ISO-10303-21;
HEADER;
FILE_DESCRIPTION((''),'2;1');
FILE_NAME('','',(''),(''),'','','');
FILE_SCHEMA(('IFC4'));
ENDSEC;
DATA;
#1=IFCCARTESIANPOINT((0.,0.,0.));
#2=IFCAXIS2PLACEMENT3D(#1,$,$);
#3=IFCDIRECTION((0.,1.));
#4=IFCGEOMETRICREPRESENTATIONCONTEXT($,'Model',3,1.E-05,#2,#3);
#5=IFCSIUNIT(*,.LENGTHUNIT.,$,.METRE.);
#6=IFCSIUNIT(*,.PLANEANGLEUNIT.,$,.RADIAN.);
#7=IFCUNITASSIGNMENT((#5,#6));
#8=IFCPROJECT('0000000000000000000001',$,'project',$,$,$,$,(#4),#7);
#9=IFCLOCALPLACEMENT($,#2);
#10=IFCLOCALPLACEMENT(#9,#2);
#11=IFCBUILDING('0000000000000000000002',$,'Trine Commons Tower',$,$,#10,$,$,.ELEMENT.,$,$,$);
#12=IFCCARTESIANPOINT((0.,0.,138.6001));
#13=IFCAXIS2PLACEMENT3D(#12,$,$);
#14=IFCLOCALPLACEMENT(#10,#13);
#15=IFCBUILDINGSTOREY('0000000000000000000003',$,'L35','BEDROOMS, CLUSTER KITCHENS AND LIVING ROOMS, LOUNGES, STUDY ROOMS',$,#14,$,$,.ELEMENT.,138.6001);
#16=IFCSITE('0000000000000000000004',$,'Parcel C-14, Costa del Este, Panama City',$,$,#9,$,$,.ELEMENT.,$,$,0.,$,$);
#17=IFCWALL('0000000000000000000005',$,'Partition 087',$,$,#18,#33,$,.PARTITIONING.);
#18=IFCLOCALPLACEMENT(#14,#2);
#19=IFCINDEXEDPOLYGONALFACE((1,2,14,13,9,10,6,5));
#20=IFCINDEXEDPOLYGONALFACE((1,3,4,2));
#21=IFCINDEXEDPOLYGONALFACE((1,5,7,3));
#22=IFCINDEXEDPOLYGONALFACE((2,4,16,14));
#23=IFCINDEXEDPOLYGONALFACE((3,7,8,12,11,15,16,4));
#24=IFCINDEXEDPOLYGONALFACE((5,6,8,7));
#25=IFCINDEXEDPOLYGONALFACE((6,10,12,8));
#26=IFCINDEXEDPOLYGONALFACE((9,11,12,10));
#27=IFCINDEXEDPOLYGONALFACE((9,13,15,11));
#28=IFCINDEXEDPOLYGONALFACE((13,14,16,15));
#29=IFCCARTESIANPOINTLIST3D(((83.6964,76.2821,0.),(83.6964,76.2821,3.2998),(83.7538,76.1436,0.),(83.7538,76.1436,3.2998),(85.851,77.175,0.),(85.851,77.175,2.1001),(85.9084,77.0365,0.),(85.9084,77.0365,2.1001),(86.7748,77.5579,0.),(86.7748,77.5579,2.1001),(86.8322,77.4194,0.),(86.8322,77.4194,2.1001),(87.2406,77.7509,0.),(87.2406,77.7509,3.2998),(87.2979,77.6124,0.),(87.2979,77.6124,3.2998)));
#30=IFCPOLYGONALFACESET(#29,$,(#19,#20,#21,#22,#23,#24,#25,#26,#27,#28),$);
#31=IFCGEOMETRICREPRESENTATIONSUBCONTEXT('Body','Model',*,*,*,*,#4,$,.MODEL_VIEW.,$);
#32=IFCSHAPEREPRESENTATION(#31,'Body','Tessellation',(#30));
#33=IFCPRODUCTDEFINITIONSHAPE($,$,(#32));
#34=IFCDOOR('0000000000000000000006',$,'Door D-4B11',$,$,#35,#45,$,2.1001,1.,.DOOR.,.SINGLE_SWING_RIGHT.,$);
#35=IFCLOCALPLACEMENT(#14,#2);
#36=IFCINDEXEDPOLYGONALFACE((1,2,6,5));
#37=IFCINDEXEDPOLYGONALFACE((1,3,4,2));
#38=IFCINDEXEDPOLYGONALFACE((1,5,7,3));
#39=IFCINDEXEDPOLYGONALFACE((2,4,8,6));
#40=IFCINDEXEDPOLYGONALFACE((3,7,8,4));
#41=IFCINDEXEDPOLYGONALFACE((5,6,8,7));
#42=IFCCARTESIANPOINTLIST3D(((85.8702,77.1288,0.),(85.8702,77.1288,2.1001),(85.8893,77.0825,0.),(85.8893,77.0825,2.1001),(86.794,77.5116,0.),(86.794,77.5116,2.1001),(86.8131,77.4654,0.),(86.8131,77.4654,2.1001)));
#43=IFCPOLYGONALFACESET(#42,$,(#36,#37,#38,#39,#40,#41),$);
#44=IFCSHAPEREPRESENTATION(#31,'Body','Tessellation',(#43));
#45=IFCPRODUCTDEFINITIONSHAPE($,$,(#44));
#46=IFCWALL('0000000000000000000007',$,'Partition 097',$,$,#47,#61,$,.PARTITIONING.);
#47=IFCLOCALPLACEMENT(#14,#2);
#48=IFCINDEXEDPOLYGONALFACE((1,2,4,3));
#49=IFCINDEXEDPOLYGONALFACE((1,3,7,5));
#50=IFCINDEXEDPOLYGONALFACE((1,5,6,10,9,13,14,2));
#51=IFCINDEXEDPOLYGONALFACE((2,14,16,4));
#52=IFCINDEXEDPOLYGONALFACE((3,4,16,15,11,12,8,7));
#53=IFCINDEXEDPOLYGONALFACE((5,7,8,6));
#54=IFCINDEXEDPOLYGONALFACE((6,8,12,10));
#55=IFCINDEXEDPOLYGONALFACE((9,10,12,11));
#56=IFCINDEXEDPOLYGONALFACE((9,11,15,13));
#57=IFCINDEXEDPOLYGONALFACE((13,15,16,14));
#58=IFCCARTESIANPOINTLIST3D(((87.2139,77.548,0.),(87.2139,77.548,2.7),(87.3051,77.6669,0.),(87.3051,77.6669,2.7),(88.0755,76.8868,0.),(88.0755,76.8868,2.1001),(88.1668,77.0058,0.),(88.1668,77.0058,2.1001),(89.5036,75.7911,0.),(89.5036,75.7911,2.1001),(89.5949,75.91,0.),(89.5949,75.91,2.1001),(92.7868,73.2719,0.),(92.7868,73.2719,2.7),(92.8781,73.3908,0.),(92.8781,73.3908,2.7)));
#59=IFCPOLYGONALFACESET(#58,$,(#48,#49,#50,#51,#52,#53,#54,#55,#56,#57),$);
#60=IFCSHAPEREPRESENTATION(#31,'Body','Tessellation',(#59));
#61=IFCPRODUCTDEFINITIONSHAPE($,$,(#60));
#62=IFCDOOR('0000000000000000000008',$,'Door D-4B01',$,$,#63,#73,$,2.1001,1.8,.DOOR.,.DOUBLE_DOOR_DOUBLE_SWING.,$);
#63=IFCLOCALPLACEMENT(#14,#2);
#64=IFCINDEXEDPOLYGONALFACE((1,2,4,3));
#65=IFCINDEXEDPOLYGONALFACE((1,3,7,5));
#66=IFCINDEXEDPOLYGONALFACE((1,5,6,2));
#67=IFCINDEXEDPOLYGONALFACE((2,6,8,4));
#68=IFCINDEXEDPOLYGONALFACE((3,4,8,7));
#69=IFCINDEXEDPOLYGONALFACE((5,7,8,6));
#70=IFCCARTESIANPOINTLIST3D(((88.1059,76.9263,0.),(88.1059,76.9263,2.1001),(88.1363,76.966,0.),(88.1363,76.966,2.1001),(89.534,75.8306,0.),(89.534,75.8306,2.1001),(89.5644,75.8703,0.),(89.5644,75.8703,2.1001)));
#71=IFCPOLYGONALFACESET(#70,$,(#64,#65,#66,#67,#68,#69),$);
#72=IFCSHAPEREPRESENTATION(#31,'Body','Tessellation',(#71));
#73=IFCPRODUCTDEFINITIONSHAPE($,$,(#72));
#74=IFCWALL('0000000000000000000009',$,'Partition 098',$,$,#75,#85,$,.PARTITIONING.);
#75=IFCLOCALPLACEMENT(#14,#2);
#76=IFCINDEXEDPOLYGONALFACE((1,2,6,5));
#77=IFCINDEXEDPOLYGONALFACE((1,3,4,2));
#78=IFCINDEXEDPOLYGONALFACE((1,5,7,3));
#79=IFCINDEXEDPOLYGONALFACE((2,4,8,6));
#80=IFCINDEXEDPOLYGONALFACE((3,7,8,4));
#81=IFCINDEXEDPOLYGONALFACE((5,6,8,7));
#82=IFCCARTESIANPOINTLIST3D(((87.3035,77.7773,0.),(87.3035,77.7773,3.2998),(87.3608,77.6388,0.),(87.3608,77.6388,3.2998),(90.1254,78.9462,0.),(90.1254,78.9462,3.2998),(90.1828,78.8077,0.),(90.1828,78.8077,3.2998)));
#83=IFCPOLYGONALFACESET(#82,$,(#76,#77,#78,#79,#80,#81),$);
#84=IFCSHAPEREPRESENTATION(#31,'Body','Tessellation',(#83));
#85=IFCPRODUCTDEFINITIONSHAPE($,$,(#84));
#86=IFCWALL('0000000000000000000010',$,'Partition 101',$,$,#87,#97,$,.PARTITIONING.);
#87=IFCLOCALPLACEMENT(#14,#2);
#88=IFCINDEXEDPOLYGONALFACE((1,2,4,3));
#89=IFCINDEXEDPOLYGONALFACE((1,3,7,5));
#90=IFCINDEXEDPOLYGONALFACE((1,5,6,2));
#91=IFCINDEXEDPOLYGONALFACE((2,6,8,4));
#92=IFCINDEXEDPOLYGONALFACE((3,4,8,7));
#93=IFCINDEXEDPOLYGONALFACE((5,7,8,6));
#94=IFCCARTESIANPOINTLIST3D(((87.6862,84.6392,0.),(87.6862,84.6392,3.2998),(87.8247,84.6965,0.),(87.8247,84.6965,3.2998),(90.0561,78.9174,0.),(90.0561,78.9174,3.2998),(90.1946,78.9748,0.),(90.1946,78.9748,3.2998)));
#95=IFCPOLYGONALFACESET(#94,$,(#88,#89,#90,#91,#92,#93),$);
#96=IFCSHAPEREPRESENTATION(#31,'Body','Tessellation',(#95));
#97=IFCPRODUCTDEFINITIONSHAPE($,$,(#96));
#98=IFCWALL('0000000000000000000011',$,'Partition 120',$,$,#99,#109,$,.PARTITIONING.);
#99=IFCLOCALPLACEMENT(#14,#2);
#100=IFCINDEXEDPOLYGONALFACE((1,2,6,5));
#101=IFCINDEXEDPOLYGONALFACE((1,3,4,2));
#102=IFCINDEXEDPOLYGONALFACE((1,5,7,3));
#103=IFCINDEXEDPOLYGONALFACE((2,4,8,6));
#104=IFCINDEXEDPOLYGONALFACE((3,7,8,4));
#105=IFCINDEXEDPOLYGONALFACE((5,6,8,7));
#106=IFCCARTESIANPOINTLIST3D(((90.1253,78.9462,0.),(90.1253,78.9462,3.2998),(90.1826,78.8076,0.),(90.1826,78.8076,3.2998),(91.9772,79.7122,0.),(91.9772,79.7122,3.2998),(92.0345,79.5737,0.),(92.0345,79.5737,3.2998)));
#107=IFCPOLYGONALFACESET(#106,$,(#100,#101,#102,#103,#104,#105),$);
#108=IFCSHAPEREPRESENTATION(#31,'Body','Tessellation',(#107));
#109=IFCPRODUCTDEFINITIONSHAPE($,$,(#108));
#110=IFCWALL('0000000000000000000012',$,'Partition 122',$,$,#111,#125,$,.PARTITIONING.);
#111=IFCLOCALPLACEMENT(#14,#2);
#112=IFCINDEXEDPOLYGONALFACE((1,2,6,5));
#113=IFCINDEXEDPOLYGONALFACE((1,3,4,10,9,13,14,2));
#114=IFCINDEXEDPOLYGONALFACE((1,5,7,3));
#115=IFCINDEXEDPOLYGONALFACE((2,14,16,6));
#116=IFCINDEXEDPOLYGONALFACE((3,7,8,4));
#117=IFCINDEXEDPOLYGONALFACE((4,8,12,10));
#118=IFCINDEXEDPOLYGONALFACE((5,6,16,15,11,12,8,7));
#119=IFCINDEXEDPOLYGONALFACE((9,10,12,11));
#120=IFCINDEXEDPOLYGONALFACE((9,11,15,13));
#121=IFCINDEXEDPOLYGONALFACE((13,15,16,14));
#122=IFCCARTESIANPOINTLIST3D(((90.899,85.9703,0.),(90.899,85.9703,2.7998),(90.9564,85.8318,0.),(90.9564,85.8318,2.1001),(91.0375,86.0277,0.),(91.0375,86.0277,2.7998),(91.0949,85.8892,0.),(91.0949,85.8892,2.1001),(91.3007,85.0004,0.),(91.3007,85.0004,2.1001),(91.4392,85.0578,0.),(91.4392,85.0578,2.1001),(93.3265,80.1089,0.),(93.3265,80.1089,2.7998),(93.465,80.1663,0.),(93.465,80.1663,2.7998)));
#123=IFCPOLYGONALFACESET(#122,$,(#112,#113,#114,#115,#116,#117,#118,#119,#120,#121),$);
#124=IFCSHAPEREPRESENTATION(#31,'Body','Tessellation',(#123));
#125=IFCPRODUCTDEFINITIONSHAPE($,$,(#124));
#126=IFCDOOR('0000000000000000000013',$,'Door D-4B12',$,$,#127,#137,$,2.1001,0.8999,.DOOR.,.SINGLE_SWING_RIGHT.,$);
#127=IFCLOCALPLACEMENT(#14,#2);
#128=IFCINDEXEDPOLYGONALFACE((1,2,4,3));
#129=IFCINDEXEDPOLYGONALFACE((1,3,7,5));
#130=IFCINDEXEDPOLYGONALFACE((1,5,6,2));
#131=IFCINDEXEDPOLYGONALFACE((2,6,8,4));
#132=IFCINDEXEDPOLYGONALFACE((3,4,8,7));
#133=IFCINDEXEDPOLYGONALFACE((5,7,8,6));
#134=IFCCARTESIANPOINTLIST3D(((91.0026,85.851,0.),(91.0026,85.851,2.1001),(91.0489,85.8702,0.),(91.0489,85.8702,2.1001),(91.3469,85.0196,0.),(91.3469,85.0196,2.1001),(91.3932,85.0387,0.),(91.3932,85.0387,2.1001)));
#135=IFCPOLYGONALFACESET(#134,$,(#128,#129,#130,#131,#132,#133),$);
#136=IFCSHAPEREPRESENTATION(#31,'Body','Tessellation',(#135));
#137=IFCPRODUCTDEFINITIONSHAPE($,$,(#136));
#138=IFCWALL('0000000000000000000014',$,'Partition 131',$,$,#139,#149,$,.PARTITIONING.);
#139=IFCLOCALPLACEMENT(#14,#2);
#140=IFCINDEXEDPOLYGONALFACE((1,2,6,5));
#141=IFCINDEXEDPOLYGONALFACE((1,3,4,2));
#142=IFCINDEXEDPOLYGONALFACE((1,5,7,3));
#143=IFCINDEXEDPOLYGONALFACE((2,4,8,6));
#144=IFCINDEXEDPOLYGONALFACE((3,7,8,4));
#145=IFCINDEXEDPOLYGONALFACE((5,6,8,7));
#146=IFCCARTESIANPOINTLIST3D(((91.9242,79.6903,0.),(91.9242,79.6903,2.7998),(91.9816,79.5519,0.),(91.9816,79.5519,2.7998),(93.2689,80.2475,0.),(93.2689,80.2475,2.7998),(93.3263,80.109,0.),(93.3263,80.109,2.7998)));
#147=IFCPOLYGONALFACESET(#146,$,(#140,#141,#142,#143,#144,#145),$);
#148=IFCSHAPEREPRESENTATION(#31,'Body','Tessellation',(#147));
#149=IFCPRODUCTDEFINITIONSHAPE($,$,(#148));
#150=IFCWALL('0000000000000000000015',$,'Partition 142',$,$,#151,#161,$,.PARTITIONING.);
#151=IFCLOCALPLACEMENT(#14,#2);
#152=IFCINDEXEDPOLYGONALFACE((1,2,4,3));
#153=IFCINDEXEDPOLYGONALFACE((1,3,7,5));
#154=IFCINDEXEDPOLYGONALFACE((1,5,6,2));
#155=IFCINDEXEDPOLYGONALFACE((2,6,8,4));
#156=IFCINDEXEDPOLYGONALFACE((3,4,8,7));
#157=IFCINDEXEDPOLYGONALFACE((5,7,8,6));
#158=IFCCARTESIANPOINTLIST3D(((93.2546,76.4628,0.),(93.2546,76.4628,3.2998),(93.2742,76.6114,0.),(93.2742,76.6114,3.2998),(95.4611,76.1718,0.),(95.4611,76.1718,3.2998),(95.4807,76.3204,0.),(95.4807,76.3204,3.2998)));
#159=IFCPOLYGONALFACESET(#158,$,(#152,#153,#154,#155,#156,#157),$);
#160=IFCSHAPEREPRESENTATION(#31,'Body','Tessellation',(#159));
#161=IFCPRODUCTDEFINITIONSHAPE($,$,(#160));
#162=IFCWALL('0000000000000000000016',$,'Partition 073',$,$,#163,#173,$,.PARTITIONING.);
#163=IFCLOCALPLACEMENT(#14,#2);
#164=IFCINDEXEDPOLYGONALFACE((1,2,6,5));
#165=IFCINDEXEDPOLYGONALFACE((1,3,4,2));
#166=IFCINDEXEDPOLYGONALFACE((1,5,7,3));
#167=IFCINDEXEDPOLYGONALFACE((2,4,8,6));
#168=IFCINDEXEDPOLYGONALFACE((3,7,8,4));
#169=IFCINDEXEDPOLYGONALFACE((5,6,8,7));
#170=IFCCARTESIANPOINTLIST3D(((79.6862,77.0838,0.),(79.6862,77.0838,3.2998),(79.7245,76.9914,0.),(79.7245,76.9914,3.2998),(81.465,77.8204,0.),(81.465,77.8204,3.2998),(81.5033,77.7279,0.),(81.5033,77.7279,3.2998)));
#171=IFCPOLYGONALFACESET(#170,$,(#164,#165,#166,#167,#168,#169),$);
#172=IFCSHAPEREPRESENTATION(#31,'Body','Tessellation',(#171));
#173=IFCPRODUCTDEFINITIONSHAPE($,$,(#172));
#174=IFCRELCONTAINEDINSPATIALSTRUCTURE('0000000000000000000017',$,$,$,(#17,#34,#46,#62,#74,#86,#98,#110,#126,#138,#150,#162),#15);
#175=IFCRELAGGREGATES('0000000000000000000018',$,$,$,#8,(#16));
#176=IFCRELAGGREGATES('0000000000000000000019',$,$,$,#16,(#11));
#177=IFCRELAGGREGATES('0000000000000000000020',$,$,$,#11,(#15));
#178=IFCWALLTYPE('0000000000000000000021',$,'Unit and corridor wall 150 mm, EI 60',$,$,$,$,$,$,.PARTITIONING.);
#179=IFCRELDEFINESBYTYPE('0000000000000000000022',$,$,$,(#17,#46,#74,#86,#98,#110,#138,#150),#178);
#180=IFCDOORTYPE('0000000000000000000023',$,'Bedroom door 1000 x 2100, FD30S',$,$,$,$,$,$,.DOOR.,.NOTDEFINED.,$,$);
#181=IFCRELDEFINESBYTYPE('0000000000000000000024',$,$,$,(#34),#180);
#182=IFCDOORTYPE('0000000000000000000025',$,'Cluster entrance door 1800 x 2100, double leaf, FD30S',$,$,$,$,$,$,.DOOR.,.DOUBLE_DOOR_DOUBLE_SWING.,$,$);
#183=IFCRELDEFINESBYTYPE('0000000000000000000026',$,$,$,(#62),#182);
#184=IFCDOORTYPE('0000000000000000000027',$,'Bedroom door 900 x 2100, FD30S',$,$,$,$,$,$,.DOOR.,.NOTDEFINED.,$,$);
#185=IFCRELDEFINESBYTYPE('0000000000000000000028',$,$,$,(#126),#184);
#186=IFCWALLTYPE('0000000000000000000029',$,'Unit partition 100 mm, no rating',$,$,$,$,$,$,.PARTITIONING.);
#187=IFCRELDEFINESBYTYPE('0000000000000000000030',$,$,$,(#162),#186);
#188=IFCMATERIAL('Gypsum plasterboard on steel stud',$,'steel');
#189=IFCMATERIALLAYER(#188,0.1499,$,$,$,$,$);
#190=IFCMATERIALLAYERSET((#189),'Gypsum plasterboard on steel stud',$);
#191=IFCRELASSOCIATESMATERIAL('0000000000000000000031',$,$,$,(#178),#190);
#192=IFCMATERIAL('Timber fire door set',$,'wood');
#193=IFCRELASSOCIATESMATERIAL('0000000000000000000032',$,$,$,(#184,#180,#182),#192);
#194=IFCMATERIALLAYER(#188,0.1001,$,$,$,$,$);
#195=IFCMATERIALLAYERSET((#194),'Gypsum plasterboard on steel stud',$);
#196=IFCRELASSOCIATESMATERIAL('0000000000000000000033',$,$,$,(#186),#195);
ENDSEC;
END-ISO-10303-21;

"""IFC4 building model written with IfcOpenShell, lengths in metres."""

from ifc_helpers import new_model, si_unit, direction, frame, frame_2d, origin, place, context, subcontext, project, spatial, rectangle, extrude, material, layer, layer_set, type_object, element, fill, save


model = new_model("IFC4")

# Units and contexts
model_context = context("Model", 3, precision=1e-05, world=origin(), true_north=direction((0.0, 1.0)))
body_context = subcontext(model_context, "Body", "Model", "MODEL_VIEW")
ifc_project = project(units=[si_unit("LENGTHUNIT", "METRE"), si_unit("PLANEANGLEUNIT", "RADIAN")], contexts=[model_context])

# Site, building, storey
site_placement = place(None, origin())
site = spatial("IfcSite", under=ifc_project, at=site_placement, Name="Parcel C-14, Costa del Este, Panama City", CompositionType="ELEMENT", RefElevation=0.0)
building_placement = place(site_placement, origin())
building = spatial("IfcBuilding", under=site, at=building_placement, Name="Trine Commons Tower", CompositionType="ELEMENT")
storey_placement = place(building_placement, frame((0.0, 0.0, 138.6001)))
storey = spatial("IfcBuildingStorey", under=building, at=storey_placement, Name="L35", Description="BEDROOMS, CLUSTER KITCHENS AND LIVING ROOMS, LOUNGES, STUDY ROOMS", CompositionType="ELEMENT", Elevation=138.6001)

# Shared definitions
ifc_material_1 = material(Name="Gypsum plasterboard on steel stud", Category="steel")
ifc_layer_1 = layer(ifc_material_1, 0.1499)
ifc_layer_set_1 = layer_set([ifc_layer_1], Name="Gypsum plasterboard on steel stud")
wall_type_1 = type_object("IfcWallType", Name="Unit and corridor wall 150 mm, EI 60", PredefinedType="PARTITIONING", material=ifc_layer_set_1)

# Walls, openings, doors
ifc_material_2 = material(Name="Timber fire door set", Category="wood")
door_type_1 = type_object("IfcDoorType", Name="Bedroom door 900 x 2100, FD30S", OperationType="NOTDEFINED", PredefinedType="DOOR", material=ifc_material_2)
wall_1_placement = place(storey_placement, frame((83.7251, 76.2129, 0.0), z_axis=(0.0, 0.0, 1.0), x_axis=(0.923815, 0.382839, 0.0)))
wall_1 = element("IfcWall", 1, at=wall_1_placement, inside=storey, type_object=wall_type_1, Name="Partition 087", PredefinedType="PARTITIONING", context=body_context, shape_type="SweptSolid", body=[
    extrude(rectangle(XDim=3.8364, YDim=0.1499, at=frame_2d((1.9182, 0.0))), origin(), (0.0, 0.0, 1.0), 3.2998),
])
opening_1_placement = place(wall_1_placement, frame((2.3323, 0.0, 0.0)))
opening_1 = element("IfcOpeningElement", 2, at=opening_1_placement, cuts=wall_1, PredefinedType="OPENING", context=body_context, shape_type="SweptSolid", body=[
    extrude(rectangle(XDim=1.0, YDim=2.1001, at=frame_2d((0.5, 1.05))), frame((0.0, 0.085, 0.0), z_axis=(0.0, -1.0, 0.0), x_axis=(1.0, 0.0, 0.0)), (0.0, 0.0, 1.0), 0.1699),
])
door_type_2 = type_object("IfcDoorType", Name="Bedroom door 1000 x 2100, FD30S", OperationType="NOTDEFINED", PredefinedType="DOOR", material=ifc_material_2)
door_1_placement = place(opening_1_placement, origin())
door_1 = element("IfcDoor", 3, at=door_1_placement, inside=storey, type_object=door_type_2, Name="Door D-4B11", OperationType="SINGLE_SWING_RIGHT", OverallHeight=2.1001, OverallWidth=1.0, PredefinedType="DOOR", context=body_context, shape_type="SweptSolid", body=[
    extrude(rectangle(XDim=1.0, YDim=2.1001, at=frame_2d((0.5, 1.05))), frame((0.0, 0.0249, 0.0), z_axis=(0.0, -1.0, 0.0), x_axis=(1.0, 0.0, 0.0)), (0.0, 0.0, 1.0), 0.05),
])
fill(opening_1, door_1)
wall_2_placement = place(storey_placement, frame((87.2595, 77.6074, 0.0), z_axis=(0.0, 0.0, 1.0), x_axis=(0.793366, -0.608745, 0.0)))
wall_2 = element("IfcWall", 4, at=wall_2_placement, inside=storey, type_object=wall_type_1, Name="Partition 097", PredefinedType="PARTITIONING", context=body_context, shape_type="SweptSolid", body=[
    extrude(rectangle(XDim=7.0244, YDim=0.1499, at=frame_2d((3.5122, 0.0))), origin(), (0.0, 0.0, 1.0), 2.7),
])
opening_2_placement = place(wall_2_placement, frame((1.0862, 0.0, 0.0)))
opening_2 = element("IfcOpeningElement", 5, at=opening_2_placement, cuts=wall_2, PredefinedType="OPENING", context=body_context, shape_type="SweptSolid", body=[
    extrude(rectangle(XDim=1.8, YDim=2.1001, at=frame_2d((0.8999, 1.05))), frame((0.0, 0.085, 0.0), z_axis=(0.0, -1.0, 0.0), x_axis=(1.0, 0.0, 0.0)), (0.0, 0.0, 1.0), 0.1699),
])
door_type_3 = type_object("IfcDoorType", Name="Cluster entrance door 1800 x 2100, double leaf, FD30S", OperationType="DOUBLE_DOOR_DOUBLE_SWING", PredefinedType="DOOR", material=ifc_material_2)
door_2_placement = place(opening_2_placement, origin())
door_2 = element("IfcDoor", 6, at=door_2_placement, inside=storey, type_object=door_type_3, Name="Door D-4B01", OperationType="DOUBLE_DOOR_DOUBLE_SWING", OverallHeight=2.1001, OverallWidth=1.8, PredefinedType="DOOR", context=body_context, shape_type="SweptSolid", body=[
    extrude(rectangle(XDim=1.8, YDim=2.1001, at=frame_2d((0.8999, 1.05))), frame((0.0, 0.0249, 0.0), z_axis=(0.0, -1.0, 0.0), x_axis=(1.0, 0.0, 0.0)), (0.0, 0.0, 1.0), 0.05),
])
fill(opening_2, door_2)

# Walls
wall_3_placement = place(storey_placement, frame((87.332, 77.708, 0.0), z_axis=(0.0, 0.0, 1.0), x_axis=(0.923877, 0.382691, 0.0)))
element("IfcWall", 7, at=wall_3_placement, inside=storey, type_object=wall_type_1, Name="Partition 098", PredefinedType="PARTITIONING", context=body_context, shape_type="SweptSolid", body=[
    extrude(rectangle(XDim=3.0544, YDim=0.1499, at=frame_2d((1.5273, 0.0))), origin(), (0.0, 0.0, 1.0), 3.2998),
])
wall_4_placement = place(storey_placement, frame((87.7554, 84.668, 0.0), z_axis=(0.0, 0.0, 1.0), x_axis=(0.382666, -0.923887, 0.0)))
element("IfcWall", 8, at=wall_4_placement, inside=storey, type_object=wall_type_1, Name="Partition 101", PredefinedType="PARTITIONING", context=body_context, shape_type="SweptSolid", body=[
    extrude(rectangle(XDim=6.1931, YDim=0.1499, at=frame_2d((3.0967, 0.0))), origin(), (0.0, 0.0, 1.0), 3.2998),
])
wall_5_placement = place(storey_placement, frame((90.1541, 78.877, 0.0), z_axis=(0.0, 0.0, 1.0), x_axis=(0.924061, 0.382244, 0.0)))
element("IfcWall", 9, at=wall_5_placement, inside=storey, type_object=wall_type_1, Name="Partition 120", PredefinedType="PARTITIONING", context=body_context, shape_type="SweptSolid", body=[
    extrude(rectangle(XDim=2.0042, YDim=0.1499, at=frame_2d((1.002, 0.0))), origin(), (0.0, 0.0, 1.0), 3.2998),
])

# Wall, opening, door
wall_6_placement = place(storey_placement, frame((90.9683, 85.999, 0.0), z_axis=(0.0, 0.0, 1.0), x_axis=(0.382636, -0.923899, 0.0)))
wall_6 = element("IfcWall", 10, at=wall_6_placement, inside=storey, type_object=wall_type_1, Name="Partition 122", PredefinedType="PARTITIONING", context=body_context, shape_type="SweptSolid", body=[
    extrude(rectangle(XDim=6.3442, YDim=0.1499, at=frame_2d((3.1721, 0.0))), origin(), (0.0, 0.0, 1.0), 2.7998),
])
opening_3_placement = place(wall_6_placement, frame((0.1499, 0.0, 0.0)))
opening_3 = element("IfcOpeningElement", 11, at=opening_3_placement, cuts=wall_6, PredefinedType="OPENING", context=body_context, shape_type="SweptSolid", body=[
    extrude(rectangle(XDim=0.8999, YDim=2.1001, at=frame_2d((0.45, 1.05))), frame((0.0, 0.085, 0.0), z_axis=(0.0, -1.0, 0.0), x_axis=(1.0, 0.0, 0.0)), (0.0, 0.0, 1.0), 0.1699),
])
door_3_placement = place(opening_3_placement, frame((0.8999, 0.0, 0.0), z_axis=(0.0, 0.0, 1.0), x_axis=(-1.0, 0.0, 0.0)))
door_3 = element("IfcDoor", 12, at=door_3_placement, inside=storey, type_object=door_type_1, Name="Door D-4B12", OperationType="SINGLE_SWING_RIGHT", OverallHeight=2.1001, OverallWidth=0.8999, PredefinedType="DOOR", context=body_context, shape_type="SweptSolid", body=[
    extrude(rectangle(XDim=0.8999, YDim=2.1001, at=frame_2d((0.45, 1.05))), frame((0.0, 0.0249, 0.0), z_axis=(0.0, -1.0, 0.0), x_axis=(1.0, 0.0, 0.0)), (0.0, 0.0, 1.0), 0.05),
])
fill(opening_3, door_3)

# Walls
wall_7_placement = place(storey_placement, frame((91.9529, 79.6211, 0.0), z_axis=(0.0, 0.0, 1.0), x_axis=(0.923849, 0.382757, 0.0)))
element("IfcWall", 13, at=wall_7_placement, inside=storey, type_object=wall_type_1, Name="Partition 131", PredefinedType="PARTITIONING", context=body_context, shape_type="SweptSolid", body=[
    extrude(rectangle(XDim=1.4556, YDim=0.1499, at=frame_2d((0.7278, 0.0))), origin(), (0.0, 0.0, 1.0), 2.7998),
])
wall_8_placement = place(storey_placement, frame((93.2644, 76.5371, 0.0), z_axis=(0.0, 0.0, 1.0), x_axis=(0.991415, -0.130755, 0.0)))
element("IfcWall", 14, at=wall_8_placement, inside=storey, type_object=wall_type_1, Name="Partition 142", PredefinedType="PARTITIONING", context=body_context, shape_type="SweptSolid", body=[
    extrude(rectangle(XDim=2.2256, YDim=0.1499, at=frame_2d((1.1128, 0.0))), origin(), (0.0, 0.0, 1.0), 3.2998),
])
ifc_layer_2 = layer(ifc_material_1, 0.1001)
ifc_layer_set_2 = layer_set([ifc_layer_2], Name="Gypsum plasterboard on steel stud")
wall_type_2 = type_object("IfcWallType", Name="Unit partition 100 mm, no rating", PredefinedType="PARTITIONING", material=ifc_layer_set_2)
wall_9_placement = place(storey_placement, frame((79.7053, 77.0376, 0.0), z_axis=(0.0, 0.0, 1.0), x_axis=(0.923923, 0.38258, 0.0)))
element("IfcWall", 15, at=wall_9_placement, inside=storey, type_object=wall_type_2, Name="Partition 073", PredefinedType="PARTITIONING", context=body_context, shape_type="SweptSolid", body=[
    extrude(rectangle(XDim=1.9253, YDim=0.1001, at=frame_2d((0.9626, 0.0))), origin(), (0.0, 0.0, 1.0), 3.2998),
])

save(model, "model.ifc")
